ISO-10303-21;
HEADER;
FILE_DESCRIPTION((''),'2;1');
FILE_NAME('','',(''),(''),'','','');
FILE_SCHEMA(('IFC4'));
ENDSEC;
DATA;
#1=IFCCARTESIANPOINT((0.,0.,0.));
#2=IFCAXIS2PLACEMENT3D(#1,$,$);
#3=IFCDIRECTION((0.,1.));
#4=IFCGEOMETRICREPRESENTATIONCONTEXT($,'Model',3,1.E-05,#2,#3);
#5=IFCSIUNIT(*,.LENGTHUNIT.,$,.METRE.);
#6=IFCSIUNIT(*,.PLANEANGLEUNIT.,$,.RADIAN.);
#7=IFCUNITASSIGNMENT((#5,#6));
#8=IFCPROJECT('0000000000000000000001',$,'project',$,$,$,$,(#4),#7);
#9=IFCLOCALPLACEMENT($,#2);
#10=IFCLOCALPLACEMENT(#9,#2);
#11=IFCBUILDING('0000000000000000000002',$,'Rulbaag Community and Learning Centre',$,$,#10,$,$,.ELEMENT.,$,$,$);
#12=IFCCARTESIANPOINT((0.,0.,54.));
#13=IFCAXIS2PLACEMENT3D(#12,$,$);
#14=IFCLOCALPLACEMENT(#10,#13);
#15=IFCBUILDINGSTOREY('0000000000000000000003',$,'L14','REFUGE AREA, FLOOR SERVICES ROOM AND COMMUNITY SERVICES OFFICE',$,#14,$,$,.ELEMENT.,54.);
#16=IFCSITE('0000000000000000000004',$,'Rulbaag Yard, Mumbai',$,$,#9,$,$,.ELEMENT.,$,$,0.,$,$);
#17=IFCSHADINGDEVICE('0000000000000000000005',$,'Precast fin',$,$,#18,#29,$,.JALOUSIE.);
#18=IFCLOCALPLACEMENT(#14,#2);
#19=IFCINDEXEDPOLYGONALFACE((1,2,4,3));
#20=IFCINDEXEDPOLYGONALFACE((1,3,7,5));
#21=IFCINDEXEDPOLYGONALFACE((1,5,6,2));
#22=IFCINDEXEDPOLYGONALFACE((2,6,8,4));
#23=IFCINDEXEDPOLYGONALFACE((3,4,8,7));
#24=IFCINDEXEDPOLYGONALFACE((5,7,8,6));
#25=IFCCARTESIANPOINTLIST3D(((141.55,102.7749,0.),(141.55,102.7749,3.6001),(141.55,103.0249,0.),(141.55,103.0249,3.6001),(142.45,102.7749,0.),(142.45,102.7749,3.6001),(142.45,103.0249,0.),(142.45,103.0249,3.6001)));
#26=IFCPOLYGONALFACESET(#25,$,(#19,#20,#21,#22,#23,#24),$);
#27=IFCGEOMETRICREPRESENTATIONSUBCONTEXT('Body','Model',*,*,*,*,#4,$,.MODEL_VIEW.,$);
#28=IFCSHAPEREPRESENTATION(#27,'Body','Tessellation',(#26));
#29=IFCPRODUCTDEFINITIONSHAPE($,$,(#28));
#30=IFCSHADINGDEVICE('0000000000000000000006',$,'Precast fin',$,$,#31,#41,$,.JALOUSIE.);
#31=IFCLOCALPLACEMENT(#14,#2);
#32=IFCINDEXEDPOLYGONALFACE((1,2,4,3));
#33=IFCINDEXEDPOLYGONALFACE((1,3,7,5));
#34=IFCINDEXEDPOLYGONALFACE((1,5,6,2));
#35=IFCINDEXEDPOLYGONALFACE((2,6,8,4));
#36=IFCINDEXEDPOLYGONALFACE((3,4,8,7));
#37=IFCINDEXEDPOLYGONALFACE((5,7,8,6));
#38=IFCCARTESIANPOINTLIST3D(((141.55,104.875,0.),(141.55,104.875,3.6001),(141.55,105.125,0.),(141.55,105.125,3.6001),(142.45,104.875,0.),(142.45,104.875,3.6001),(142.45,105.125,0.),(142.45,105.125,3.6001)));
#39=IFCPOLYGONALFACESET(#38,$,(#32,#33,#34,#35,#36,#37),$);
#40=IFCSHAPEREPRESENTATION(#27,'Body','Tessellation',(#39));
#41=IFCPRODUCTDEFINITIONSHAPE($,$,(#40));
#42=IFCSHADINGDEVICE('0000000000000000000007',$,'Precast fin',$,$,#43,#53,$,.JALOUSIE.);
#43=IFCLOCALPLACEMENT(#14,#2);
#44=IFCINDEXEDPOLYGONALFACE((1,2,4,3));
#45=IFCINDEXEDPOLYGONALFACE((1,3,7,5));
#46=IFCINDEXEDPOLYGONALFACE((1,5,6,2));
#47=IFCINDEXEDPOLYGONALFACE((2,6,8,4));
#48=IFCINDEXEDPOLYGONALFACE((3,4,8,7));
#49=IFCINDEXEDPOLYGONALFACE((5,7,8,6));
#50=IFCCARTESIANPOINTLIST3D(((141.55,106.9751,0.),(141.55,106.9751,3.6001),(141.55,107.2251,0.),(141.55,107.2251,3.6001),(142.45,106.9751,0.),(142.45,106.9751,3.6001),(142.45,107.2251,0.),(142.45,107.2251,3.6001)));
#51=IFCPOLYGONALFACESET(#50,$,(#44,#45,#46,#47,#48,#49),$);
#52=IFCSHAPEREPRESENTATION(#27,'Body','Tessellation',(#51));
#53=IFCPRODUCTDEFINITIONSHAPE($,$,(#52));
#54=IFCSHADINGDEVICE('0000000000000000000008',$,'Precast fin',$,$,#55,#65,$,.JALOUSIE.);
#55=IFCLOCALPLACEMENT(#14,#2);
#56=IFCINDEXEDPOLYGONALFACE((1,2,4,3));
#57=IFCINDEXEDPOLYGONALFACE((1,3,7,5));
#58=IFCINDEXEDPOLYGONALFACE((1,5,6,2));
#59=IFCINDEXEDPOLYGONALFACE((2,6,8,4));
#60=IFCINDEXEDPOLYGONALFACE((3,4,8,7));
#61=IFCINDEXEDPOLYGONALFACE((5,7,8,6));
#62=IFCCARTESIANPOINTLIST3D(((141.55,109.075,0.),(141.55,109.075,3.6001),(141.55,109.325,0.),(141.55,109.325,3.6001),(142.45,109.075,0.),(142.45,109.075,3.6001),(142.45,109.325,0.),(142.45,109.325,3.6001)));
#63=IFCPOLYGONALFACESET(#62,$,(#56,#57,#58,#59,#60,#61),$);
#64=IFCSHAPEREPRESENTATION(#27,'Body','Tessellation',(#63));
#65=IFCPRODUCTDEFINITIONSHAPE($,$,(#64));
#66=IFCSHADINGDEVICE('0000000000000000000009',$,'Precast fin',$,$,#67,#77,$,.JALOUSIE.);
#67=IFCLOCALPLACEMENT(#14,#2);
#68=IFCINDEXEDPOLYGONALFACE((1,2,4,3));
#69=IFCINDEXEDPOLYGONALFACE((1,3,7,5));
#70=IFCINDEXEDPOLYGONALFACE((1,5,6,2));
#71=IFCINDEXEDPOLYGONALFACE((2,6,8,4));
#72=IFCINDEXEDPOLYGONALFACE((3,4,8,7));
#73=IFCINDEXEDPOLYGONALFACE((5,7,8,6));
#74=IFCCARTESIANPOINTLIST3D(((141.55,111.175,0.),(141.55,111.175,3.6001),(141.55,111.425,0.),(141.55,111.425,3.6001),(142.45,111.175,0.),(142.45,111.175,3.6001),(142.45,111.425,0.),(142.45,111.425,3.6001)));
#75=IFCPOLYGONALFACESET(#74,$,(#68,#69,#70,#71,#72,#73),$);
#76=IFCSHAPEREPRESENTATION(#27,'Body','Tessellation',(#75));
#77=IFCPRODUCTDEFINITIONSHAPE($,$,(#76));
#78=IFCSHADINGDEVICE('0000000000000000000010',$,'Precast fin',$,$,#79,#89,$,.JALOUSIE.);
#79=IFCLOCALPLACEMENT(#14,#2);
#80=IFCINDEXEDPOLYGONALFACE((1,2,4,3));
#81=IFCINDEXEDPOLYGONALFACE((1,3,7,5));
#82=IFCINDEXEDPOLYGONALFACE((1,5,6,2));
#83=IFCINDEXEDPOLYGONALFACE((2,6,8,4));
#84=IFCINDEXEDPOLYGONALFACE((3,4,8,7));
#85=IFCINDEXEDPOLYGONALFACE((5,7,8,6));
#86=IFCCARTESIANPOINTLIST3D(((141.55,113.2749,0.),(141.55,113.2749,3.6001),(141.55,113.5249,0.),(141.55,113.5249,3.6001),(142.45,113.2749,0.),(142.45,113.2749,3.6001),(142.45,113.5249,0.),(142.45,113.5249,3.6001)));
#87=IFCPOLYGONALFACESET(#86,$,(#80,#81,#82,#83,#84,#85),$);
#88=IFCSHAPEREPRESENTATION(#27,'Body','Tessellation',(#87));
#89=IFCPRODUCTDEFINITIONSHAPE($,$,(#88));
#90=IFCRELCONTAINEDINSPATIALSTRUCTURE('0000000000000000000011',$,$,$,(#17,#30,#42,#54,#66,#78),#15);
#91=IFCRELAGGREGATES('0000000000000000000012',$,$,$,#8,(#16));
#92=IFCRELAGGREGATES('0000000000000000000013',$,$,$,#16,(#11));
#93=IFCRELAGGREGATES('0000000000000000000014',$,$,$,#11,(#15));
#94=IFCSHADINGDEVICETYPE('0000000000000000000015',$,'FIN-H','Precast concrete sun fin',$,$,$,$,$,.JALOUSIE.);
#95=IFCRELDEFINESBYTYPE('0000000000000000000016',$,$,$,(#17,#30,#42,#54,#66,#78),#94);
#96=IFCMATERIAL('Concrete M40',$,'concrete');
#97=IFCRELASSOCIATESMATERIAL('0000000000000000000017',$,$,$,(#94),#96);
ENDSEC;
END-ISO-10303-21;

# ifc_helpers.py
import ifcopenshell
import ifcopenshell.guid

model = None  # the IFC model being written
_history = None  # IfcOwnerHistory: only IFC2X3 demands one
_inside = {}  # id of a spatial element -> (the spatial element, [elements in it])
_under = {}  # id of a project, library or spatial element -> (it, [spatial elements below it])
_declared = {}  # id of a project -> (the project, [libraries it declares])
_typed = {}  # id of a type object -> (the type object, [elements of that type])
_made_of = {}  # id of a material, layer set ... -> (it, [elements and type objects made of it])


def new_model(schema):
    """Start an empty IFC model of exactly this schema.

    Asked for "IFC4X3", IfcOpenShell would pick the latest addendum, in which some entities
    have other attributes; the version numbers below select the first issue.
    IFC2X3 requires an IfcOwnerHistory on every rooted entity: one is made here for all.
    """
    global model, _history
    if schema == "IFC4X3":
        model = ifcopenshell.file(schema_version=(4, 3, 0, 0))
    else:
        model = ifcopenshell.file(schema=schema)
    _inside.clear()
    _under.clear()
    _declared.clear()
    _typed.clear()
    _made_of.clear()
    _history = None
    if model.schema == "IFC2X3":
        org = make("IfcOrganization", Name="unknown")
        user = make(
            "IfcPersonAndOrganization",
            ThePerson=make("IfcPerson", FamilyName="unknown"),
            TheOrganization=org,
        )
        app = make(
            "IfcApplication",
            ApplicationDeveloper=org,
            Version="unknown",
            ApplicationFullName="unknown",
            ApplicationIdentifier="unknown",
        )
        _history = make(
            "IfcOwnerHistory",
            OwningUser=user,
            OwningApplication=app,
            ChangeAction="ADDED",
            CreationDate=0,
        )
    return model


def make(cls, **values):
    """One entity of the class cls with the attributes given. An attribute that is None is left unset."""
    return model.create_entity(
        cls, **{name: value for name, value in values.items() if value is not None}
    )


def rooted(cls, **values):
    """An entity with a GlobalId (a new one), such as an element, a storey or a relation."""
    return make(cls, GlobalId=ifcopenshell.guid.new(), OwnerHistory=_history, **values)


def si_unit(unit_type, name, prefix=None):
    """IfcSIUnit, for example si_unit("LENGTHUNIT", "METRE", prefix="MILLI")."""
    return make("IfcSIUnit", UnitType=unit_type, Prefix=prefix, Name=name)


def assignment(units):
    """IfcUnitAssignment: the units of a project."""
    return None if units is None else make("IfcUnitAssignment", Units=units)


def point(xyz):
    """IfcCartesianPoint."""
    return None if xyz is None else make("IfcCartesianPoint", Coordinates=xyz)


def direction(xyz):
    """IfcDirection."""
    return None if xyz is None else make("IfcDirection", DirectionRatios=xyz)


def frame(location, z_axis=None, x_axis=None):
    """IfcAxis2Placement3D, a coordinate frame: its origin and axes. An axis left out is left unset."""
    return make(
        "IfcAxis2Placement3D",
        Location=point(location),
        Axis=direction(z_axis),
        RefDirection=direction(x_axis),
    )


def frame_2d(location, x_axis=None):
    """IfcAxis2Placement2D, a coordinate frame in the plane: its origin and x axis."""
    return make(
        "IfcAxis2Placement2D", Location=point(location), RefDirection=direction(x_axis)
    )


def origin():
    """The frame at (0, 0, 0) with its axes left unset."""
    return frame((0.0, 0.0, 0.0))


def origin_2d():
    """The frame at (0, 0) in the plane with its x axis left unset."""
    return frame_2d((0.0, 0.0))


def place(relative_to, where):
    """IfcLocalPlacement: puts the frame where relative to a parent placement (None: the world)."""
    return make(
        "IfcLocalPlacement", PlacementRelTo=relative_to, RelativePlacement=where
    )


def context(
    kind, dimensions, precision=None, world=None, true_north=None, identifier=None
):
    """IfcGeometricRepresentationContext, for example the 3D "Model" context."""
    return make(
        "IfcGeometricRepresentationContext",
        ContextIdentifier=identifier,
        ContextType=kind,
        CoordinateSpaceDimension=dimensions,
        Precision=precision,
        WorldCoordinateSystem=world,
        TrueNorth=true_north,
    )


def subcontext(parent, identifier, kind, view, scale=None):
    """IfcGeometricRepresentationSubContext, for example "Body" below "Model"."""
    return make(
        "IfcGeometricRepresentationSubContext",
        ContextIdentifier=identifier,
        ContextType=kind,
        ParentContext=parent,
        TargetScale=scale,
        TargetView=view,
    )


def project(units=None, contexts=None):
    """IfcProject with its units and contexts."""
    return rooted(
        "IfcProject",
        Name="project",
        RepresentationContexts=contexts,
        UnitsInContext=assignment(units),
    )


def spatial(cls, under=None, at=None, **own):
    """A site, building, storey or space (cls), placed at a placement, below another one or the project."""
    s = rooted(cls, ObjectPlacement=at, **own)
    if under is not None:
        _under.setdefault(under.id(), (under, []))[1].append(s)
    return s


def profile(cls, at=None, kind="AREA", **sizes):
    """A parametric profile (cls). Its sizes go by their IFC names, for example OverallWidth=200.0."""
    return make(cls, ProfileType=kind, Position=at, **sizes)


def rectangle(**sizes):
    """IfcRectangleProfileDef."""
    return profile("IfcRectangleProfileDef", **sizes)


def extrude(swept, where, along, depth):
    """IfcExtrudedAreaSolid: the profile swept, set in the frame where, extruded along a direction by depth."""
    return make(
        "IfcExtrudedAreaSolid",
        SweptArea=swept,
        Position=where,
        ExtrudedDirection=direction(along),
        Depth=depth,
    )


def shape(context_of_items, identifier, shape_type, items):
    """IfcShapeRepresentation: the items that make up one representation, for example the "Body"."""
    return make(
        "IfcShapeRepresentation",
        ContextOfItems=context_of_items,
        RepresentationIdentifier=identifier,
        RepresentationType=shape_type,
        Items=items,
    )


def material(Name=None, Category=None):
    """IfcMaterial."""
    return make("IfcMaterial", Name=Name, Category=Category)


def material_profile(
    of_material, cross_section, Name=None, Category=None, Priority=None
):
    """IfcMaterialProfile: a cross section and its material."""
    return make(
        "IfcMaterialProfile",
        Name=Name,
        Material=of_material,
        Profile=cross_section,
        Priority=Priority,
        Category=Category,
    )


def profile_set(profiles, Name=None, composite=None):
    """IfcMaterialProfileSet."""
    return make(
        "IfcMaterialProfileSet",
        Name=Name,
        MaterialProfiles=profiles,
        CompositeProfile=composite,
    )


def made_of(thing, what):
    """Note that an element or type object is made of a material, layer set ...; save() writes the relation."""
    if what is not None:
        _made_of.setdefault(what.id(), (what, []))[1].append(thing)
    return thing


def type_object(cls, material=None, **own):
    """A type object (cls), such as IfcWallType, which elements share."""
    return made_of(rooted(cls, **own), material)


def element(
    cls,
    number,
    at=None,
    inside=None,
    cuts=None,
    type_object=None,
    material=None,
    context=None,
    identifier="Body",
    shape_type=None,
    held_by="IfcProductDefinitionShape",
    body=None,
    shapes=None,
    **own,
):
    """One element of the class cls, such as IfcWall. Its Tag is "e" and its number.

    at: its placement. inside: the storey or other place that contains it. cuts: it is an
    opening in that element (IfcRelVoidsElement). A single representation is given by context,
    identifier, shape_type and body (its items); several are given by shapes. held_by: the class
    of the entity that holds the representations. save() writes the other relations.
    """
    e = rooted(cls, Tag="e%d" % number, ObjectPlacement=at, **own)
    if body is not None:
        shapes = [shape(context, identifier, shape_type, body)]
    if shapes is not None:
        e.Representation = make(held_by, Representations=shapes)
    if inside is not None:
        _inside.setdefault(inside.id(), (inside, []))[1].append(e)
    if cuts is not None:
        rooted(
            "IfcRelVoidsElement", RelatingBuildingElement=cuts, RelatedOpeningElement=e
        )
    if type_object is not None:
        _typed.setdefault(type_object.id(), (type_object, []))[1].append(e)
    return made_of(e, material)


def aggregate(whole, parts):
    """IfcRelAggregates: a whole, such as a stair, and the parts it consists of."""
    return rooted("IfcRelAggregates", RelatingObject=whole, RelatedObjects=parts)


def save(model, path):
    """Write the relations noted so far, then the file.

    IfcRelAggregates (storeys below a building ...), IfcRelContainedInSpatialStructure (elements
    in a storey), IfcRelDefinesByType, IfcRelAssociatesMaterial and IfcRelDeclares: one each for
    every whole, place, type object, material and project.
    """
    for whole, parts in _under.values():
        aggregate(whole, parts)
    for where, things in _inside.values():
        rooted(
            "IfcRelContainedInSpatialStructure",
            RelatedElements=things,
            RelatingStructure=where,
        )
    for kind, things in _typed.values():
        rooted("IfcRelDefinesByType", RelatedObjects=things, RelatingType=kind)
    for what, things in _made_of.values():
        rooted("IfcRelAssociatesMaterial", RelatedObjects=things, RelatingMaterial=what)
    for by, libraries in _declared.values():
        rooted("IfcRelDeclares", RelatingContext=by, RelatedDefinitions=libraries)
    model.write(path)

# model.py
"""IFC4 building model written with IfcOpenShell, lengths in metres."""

from ifc_helpers import new_model, si_unit, direction, frame, origin, origin_2d, place, context, subcontext, project, spatial, rectangle, extrude, material, material_profile, profile_set, type_object, element, save


model = new_model("IFC4")

# Units and contexts
model_context = context("Model", 3, precision=1e-05, world=origin(), true_north=direction((0.0, 1.0)))
body_context = subcontext(model_context, "Body", "Model", "MODEL_VIEW")
ifc_project = project(units=[si_unit("LENGTHUNIT", "METRE"), si_unit("PLANEANGLEUNIT", "RADIAN")], contexts=[model_context])

# Site, building, storey
site_placement = place(None, origin())
site = spatial("IfcSite", under=ifc_project, at=site_placement, Name="Rulbaag Yard, Mumbai", CompositionType="ELEMENT", RefElevation=0.0)
building_placement = place(site_placement, origin())
building = spatial("IfcBuilding", under=site, at=building_placement, Name="Rulbaag Community and Learning Centre", CompositionType="ELEMENT")
storey_placement = place(building_placement, frame((0.0, 0.0, 54.0)))
storey = spatial("IfcBuildingStorey", under=building, at=storey_placement, Name="L14", Description="REFUGE AREA, FLOOR SERVICES ROOM AND COMMUNITY SERVICES OFFICE", CompositionType="ELEMENT", Elevation=54.0)

# Shared definitions
ifc_material = material(Name="Concrete M40", Category="concrete")

# Shading devices
ifc_material_profile = material_profile(ifc_material, rectangle(XDim=0.25, YDim=0.8999, at=origin_2d()), Name="PC 250x900")
ifc_profile_set = profile_set([ifc_material_profile], Name="Concrete M40")
shading_device_type_1 = type_object("IfcShadingDeviceType", Name="FIN-H", Description="Precast concrete sun fin", PredefinedType="JALOUSIE", material=ifc_profile_set)
for number, where, z_axis, x_axis, name in (
    (1, (142.0, 102.8999, 0.0), (0.0, 0.0, 1.0), (0.0, 1.0, 0.0), "Precast fin"),
    (2, (142.0, 105.0, 0.0), (0.0, 0.0, 1.0), (0.0, 1.0, 0.0), "Precast fin"),
    (3, (142.0, 107.1001, 0.0), (0.0, 0.0, 1.0), (0.0, 1.0, 0.0), "Precast fin"),
    (4, (142.0, 109.2, 0.0), (0.0, 0.0, 1.0), (0.0, 1.0, 0.0), "Precast fin"),
    (5, (142.0, 111.3, 0.0), (0.0, 0.0, 1.0), (0.0, 1.0, 0.0), "Precast fin"),
    (6, (142.0, 113.3999, 0.0), (0.0, 0.0, 1.0), (0.0, 1.0, 0.0), "Precast fin"),
):
    element("IfcShadingDevice", number, at=place(storey_placement, frame(where, z_axis=z_axis, x_axis=x_axis)), inside=storey, type_object=shading_device_type_1, Name=name, PredefinedType="JALOUSIE", context=body_context, shape_type="SweptSolid", body=[
        extrude(rectangle(XDim=0.25, YDim=0.8999, at=origin_2d()), origin(), (0.0, 0.0, 1.0), 3.6001),
    ])

save(model, "model.ifc")
